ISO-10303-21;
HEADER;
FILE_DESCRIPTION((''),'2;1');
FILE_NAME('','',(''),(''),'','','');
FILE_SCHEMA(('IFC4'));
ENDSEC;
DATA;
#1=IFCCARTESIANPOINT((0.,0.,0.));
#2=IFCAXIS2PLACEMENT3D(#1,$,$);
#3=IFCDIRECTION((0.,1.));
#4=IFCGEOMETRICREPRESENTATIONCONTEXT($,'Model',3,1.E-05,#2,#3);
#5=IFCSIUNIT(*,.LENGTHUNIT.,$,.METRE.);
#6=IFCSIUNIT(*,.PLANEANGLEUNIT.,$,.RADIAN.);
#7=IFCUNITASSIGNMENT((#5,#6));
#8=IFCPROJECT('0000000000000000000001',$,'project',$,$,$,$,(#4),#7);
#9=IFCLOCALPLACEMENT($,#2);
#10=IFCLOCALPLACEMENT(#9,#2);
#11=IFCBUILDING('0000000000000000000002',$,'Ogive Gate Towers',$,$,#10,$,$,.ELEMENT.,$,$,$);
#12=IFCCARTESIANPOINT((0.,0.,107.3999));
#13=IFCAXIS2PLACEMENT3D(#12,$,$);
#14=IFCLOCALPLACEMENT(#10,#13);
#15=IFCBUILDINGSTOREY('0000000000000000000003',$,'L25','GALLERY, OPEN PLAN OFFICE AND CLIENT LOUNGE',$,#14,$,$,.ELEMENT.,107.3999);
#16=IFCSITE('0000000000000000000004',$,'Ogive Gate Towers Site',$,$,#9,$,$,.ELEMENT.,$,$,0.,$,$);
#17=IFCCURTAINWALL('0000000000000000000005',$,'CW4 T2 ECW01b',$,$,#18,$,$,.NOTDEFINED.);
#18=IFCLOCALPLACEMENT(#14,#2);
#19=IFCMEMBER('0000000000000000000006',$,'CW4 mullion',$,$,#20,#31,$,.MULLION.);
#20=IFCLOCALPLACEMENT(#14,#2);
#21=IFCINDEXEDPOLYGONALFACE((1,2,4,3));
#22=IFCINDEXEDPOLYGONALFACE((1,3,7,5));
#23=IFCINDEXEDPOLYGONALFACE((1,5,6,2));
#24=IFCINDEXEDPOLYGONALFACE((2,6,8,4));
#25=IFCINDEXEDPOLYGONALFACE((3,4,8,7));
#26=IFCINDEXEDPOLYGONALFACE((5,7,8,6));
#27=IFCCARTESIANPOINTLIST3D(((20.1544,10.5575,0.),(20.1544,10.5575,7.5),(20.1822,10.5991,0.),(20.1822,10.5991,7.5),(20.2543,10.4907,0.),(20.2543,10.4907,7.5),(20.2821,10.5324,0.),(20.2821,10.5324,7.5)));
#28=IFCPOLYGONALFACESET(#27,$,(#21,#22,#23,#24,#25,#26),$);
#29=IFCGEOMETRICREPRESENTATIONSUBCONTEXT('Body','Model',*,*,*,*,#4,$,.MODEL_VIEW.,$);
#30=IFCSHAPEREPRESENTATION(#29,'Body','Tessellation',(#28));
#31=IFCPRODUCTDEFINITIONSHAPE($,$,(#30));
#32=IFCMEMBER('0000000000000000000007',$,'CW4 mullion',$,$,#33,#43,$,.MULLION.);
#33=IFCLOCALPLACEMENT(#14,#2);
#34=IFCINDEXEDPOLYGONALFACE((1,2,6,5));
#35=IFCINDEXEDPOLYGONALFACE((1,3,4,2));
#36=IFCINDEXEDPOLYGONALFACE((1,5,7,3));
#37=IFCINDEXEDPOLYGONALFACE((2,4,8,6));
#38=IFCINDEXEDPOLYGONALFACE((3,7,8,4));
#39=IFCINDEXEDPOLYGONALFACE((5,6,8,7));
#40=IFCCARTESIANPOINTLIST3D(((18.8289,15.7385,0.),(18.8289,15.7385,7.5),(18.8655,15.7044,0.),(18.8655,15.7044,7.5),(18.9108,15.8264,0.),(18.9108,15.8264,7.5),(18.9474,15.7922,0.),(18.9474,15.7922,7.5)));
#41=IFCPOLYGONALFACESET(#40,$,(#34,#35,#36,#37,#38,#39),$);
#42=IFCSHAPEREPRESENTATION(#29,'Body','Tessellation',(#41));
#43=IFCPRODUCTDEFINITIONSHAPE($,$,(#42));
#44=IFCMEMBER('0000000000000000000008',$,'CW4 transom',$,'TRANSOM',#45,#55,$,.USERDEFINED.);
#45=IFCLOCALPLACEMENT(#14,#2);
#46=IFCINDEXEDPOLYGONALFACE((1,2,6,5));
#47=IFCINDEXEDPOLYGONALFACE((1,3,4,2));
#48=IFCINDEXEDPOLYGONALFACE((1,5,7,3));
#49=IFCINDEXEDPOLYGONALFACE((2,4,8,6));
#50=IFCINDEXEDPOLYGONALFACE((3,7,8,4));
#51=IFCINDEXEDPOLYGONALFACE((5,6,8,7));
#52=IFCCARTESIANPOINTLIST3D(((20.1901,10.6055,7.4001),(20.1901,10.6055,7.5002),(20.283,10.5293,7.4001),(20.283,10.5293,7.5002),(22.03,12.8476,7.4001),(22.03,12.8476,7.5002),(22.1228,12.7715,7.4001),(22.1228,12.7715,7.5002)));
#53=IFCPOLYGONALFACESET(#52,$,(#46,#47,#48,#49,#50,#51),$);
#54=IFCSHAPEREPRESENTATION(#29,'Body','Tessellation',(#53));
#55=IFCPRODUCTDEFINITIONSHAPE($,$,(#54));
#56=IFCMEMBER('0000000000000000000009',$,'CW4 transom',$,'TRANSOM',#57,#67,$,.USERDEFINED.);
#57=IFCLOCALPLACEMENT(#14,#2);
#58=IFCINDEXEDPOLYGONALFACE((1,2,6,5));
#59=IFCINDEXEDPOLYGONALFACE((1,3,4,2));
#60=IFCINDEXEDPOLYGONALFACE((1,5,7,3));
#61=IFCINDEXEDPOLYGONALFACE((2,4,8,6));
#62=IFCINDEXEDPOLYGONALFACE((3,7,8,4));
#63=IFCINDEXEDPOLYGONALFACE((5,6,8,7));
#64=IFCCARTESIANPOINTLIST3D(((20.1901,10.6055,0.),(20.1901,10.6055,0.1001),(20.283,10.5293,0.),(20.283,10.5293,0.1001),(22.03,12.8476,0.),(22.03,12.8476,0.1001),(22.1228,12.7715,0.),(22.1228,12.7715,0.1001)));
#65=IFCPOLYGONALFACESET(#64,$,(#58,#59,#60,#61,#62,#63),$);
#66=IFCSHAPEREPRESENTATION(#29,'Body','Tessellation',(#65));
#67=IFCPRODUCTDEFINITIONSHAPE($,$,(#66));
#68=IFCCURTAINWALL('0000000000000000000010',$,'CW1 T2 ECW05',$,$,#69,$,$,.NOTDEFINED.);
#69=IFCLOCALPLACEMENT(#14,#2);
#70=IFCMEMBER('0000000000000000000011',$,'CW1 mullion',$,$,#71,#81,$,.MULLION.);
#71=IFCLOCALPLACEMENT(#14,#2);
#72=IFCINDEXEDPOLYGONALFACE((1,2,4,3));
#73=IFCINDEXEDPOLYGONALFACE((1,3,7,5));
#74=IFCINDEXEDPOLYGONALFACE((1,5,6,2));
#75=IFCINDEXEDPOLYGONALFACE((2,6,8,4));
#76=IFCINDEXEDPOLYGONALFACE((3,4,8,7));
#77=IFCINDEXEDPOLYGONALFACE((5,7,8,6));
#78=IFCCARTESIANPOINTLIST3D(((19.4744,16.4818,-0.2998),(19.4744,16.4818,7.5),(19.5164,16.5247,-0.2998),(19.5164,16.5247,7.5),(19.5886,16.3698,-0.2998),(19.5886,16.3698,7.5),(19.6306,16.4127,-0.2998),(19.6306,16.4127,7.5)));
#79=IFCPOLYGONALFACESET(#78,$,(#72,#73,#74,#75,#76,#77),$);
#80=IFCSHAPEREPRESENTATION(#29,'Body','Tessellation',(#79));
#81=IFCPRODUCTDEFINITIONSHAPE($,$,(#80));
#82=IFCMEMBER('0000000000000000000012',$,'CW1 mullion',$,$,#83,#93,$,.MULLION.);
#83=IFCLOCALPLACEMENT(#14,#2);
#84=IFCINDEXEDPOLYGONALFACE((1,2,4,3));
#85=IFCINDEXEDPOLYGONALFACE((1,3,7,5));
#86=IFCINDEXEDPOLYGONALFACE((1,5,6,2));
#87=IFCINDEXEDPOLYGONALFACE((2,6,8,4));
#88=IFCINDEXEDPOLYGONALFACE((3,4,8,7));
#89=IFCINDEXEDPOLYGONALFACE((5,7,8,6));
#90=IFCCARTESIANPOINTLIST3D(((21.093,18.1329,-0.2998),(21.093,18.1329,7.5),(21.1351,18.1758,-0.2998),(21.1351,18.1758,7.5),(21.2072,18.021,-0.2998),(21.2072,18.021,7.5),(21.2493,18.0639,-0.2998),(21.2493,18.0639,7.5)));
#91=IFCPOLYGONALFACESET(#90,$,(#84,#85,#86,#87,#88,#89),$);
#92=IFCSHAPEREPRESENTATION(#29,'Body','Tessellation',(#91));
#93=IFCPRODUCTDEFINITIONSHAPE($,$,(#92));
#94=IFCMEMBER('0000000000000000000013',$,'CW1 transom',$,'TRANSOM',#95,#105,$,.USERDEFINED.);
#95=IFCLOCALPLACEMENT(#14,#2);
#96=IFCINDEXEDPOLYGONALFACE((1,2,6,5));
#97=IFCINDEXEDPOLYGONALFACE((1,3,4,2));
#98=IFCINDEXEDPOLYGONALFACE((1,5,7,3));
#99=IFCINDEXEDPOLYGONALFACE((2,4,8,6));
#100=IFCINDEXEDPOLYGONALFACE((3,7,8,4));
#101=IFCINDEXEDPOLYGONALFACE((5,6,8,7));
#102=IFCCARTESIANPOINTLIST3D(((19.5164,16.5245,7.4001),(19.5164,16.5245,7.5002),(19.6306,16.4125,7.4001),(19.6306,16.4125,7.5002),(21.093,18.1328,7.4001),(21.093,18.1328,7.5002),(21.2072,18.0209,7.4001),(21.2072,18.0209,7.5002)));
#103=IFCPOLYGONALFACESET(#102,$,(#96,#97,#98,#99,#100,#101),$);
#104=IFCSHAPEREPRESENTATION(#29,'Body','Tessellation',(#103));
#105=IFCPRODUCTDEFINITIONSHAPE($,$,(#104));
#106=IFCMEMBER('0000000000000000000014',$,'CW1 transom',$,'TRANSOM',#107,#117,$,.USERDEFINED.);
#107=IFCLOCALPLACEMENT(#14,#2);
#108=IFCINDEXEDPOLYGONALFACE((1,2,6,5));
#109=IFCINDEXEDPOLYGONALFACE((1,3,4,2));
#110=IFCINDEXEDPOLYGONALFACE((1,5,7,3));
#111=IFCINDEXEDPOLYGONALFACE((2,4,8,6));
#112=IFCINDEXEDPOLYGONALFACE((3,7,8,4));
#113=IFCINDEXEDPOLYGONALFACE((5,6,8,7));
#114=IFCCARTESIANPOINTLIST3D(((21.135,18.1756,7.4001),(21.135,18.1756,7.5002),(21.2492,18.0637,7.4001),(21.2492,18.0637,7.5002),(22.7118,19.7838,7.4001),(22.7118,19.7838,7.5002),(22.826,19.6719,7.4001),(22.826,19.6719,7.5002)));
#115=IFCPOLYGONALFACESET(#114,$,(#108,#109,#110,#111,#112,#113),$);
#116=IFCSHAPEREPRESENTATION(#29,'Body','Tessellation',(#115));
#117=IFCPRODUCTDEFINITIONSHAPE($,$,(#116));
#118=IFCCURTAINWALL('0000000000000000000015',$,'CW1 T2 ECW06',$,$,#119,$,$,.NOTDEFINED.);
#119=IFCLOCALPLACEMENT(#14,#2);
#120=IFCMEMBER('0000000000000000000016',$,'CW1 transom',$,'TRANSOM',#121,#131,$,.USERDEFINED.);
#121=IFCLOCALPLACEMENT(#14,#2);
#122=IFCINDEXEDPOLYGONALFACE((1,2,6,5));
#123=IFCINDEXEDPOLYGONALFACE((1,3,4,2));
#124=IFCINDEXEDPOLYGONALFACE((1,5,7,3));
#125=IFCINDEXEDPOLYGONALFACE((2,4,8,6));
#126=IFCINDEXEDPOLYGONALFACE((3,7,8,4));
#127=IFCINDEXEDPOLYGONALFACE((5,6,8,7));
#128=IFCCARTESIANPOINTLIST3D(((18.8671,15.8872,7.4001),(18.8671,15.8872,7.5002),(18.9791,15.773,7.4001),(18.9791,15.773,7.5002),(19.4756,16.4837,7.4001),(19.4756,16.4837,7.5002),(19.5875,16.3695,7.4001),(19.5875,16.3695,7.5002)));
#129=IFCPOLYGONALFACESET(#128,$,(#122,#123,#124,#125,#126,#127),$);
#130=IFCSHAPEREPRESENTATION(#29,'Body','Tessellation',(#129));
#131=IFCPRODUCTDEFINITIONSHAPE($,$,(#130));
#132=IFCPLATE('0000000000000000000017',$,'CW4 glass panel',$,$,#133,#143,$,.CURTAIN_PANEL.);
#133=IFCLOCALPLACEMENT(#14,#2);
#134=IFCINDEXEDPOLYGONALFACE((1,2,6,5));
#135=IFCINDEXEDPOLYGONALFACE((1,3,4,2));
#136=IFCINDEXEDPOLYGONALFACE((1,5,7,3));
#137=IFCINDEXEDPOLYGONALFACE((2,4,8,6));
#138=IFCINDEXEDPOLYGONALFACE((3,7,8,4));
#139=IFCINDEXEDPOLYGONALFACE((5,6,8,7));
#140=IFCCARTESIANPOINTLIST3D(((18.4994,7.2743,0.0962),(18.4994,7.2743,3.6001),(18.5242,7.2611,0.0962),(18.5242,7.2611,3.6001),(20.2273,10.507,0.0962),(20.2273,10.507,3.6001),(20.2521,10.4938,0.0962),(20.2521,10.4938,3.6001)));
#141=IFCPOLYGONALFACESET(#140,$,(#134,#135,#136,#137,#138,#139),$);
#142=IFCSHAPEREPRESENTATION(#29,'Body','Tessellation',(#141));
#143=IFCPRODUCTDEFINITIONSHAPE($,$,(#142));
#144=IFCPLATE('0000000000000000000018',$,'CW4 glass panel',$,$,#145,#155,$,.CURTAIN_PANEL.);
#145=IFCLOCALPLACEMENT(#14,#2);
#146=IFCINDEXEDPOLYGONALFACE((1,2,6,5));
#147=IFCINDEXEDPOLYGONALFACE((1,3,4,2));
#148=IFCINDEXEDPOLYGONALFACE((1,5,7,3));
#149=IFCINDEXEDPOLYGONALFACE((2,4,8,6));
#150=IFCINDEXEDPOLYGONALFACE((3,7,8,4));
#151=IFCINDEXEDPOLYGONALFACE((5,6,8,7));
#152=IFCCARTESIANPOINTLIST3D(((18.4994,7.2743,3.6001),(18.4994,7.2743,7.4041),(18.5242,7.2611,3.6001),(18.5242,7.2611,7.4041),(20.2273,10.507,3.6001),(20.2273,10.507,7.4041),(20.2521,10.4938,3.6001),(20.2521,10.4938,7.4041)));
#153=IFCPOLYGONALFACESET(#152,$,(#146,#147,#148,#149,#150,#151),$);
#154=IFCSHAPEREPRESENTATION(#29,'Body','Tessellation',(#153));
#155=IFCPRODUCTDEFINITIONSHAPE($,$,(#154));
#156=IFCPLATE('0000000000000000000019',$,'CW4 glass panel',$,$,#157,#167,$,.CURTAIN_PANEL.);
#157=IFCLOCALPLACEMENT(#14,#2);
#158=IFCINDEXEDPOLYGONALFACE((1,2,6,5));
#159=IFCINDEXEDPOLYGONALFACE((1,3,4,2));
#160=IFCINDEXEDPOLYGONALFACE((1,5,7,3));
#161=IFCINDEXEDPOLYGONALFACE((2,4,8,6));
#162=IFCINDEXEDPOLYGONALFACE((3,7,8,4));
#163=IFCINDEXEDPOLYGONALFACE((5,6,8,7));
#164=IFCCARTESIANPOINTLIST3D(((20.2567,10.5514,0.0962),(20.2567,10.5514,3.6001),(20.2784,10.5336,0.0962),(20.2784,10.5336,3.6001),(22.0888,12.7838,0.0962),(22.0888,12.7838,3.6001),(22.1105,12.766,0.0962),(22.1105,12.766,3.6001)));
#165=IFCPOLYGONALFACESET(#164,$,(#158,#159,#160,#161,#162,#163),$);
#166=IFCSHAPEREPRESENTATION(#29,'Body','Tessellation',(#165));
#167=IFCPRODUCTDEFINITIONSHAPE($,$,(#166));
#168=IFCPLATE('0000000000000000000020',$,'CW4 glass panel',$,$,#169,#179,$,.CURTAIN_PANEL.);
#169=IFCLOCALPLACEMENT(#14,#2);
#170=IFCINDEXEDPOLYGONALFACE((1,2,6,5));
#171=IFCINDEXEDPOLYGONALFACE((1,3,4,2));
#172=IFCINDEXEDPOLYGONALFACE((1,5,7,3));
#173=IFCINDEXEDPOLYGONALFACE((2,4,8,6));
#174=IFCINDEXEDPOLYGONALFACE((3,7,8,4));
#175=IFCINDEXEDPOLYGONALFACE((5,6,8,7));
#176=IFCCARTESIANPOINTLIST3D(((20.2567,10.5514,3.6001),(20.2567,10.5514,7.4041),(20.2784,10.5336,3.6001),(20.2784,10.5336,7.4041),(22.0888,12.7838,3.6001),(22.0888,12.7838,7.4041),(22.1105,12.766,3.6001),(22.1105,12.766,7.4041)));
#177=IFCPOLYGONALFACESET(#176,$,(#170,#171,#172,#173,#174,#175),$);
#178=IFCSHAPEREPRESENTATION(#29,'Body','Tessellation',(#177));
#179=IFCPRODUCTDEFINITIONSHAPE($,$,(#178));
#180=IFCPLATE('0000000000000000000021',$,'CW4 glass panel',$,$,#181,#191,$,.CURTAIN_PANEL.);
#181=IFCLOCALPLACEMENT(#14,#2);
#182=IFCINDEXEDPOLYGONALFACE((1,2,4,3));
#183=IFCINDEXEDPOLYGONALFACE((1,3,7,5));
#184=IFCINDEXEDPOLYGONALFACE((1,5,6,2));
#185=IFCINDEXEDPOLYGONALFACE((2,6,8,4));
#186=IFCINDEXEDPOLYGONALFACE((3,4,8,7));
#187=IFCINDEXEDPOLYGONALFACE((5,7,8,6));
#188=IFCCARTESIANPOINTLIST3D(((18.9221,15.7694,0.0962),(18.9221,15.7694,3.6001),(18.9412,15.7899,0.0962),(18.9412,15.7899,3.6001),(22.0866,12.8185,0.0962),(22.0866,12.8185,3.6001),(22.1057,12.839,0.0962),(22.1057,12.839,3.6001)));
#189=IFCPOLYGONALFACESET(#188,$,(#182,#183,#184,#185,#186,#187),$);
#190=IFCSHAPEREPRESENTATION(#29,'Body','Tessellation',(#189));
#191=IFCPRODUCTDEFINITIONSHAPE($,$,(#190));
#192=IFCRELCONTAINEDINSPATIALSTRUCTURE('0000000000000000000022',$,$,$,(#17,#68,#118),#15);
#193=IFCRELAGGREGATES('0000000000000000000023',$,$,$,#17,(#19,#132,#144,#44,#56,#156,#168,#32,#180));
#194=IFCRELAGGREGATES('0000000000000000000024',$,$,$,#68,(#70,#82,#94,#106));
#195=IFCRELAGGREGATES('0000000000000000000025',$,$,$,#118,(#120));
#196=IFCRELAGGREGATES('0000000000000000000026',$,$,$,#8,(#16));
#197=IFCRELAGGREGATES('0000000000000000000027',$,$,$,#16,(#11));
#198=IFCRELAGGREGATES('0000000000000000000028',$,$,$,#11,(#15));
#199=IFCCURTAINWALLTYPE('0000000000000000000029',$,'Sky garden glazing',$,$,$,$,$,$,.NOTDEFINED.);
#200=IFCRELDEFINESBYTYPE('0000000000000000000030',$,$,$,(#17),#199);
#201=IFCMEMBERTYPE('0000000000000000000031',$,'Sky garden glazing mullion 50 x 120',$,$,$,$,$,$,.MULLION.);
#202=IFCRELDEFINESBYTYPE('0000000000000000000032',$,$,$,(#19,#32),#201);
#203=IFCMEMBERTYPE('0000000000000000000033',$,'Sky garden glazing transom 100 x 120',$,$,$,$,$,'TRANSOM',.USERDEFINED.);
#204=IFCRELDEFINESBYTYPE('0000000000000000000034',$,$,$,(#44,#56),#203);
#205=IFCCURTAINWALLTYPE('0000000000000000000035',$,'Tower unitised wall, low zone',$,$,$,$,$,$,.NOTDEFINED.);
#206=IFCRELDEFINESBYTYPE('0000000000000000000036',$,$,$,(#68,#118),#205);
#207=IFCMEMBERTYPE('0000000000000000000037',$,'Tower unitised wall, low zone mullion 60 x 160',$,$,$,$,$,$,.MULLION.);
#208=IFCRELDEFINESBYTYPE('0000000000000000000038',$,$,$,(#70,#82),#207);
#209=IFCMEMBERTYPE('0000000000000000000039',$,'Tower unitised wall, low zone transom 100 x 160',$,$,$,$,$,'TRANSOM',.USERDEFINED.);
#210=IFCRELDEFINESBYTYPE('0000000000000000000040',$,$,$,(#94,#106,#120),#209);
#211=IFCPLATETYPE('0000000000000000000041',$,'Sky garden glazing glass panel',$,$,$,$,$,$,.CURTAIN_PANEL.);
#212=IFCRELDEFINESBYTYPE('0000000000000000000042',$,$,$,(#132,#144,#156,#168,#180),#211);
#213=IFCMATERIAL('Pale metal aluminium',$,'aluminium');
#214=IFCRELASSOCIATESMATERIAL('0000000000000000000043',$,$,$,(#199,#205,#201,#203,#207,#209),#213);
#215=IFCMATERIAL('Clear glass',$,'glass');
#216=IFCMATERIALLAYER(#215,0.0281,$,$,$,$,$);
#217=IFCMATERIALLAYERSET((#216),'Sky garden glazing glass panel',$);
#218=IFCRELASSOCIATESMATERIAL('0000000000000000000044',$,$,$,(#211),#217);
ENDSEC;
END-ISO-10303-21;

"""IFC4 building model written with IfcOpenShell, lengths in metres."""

from ifc_helpers import new_model, si_unit, direction, frame, origin, origin_2d, place, context, subcontext, project, spatial, rectangle, extrude, material, layer, layer_set, material_profile, profile_set, type_object, element, aggregate, save


model = new_model("IFC4")

# Units and contexts
model_context = context("Model", 3, precision=1e-05, world=origin(), true_north=direction((0.0, 1.0)))
body_context = subcontext(model_context, "Body", "Model", "MODEL_VIEW")
ifc_project = project(units=[si_unit("LENGTHUNIT", "METRE"), si_unit("PLANEANGLEUNIT", "RADIAN")], contexts=[model_context])

# Site, building, storey
site_placement = place(None, origin())
site = spatial("IfcSite", under=ifc_project, at=site_placement, Name="Ogive Gate Towers Site", CompositionType="ELEMENT", RefElevation=0.0)
building_placement = place(site_placement, origin())
building = spatial("IfcBuilding", under=site, at=building_placement, Name="Ogive Gate Towers", CompositionType="ELEMENT")
storey_placement = place(building_placement, frame((0.0, 0.0, 107.3999)))
storey = spatial("IfcBuildingStorey", under=building, at=storey_placement, Name="L25", Description="GALLERY, OPEN PLAN OFFICE AND CLIENT LOUNGE", CompositionType="ELEMENT", Elevation=107.3999)

# Curtain walls, members
ifc_material_1 = material(Name="Pale metal aluminium", Category="aluminium")
curtain_wall_type_1 = type_object("IfcCurtainWallType", Name="Sky garden glazing", PredefinedType="NOTDEFINED", material=ifc_material_1)
curtain_wall_1_placement = place(storey_placement, origin())
curtain_wall_1 = element("IfcCurtainWall", 1, at=curtain_wall_1_placement, inside=storey, type_object=curtain_wall_type_1, Name="CW4 T2 ECW01b", PredefinedType="NOTDEFINED")
ifc_material_profile_1 = material_profile(ifc_material_1, rectangle(XDim=0.1201, YDim=0.05, at=origin_2d()), Name="50 x 120 aluminium box")
ifc_profile_set_1 = profile_set([ifc_material_profile_1], Name="Pale metal aluminium")
member_type_1 = type_object("IfcMemberType", Name="Sky garden glazing mullion 50 x 120", PredefinedType="MULLION", material=ifc_profile_set_1)
member_1_placement = place(storey_placement, frame((20.2183, 10.5449, 0.0), z_axis=(0.0, 0.0, 1.0), x_axis=(0.83147, -0.55557, 0.0)))
member_1 = element("IfcMember", 2, at=member_1_placement, type_object=member_type_1, Name="CW4 mullion", PredefinedType="MULLION", context=body_context, shape_type="SweptSolid", body=[
    extrude(rectangle(XDim=0.1201, YDim=0.05, at=origin_2d()), origin(), (0.0, 0.0, 1.0), 7.5),
])
member_2_placement = place(storey_placement, frame((18.8882, 15.7654, 0.0), z_axis=(0.0, 0.0, 1.0), x_axis=(0.681998, 0.731354, 0.0)))
member_2 = element("IfcMember", 3, at=member_2_placement, type_object=member_type_1, Name="CW4 mullion", PredefinedType="MULLION", context=body_context, shape_type="SweptSolid", body=[
    extrude(rectangle(XDim=0.1201, YDim=0.05, at=origin_2d()), origin(), (0.0, 0.0, 1.0), 7.5),
])
ifc_material_profile_2 = material_profile(ifc_material_1, rectangle(XDim=0.1201, YDim=0.1001, at=origin_2d()), Name="100 x 120 aluminium box")
ifc_profile_set_2 = profile_set([ifc_material_profile_2], Name="Pale metal aluminium")
member_type_2 = type_object("IfcMemberType", Name="Sky garden glazing transom 100 x 120", ElementType="TRANSOM", PredefinedType="USERDEFINED", material=ifc_profile_set_2)
member_3_placement = place(storey_placement, frame((20.2366, 10.5674, 7.4502), z_axis=(0.634337, 0.773056, 0.0), x_axis=(-0.773056, 0.634337, 0.0)))
member_3 = element("IfcMember", 4, at=member_3_placement, type_object=member_type_2, Name="CW4 transom", ObjectType="TRANSOM", PredefinedType="USERDEFINED", context=body_context, shape_type="SweptSolid", body=[
    extrude(rectangle(XDim=0.1201, YDim=0.1001, at=origin_2d()), origin(), (0.0, 0.0, 1.0), 2.9004),
])
member_4_placement = place(storey_placement, frame((20.2366, 10.5674, 0.05), z_axis=(0.634337, 0.773056, 0.0), x_axis=(-0.773056, 0.634337, 0.0)))
member_4 = element("IfcMember", 5, at=member_4_placement, type_object=member_type_2, Name="CW4 transom", ObjectType="TRANSOM", PredefinedType="USERDEFINED", context=body_context, shape_type="SweptSolid", body=[
    extrude(rectangle(XDim=0.1201, YDim=0.1001, at=origin_2d()), origin(), (0.0, 0.0, 1.0), 2.9004),
])
curtain_wall_type_2 = type_object("IfcCurtainWallType", Name="Tower unitised wall, low zone", PredefinedType="NOTDEFINED", material=ifc_material_1)
curtain_wall_2_placement = place(storey_placement, origin())
curtain_wall_2 = element("IfcCurtainWall", 6, at=curtain_wall_2_placement, inside=storey, type_object=curtain_wall_type_2, Name="CW1 T2 ECW05", PredefinedType="NOTDEFINED")
ifc_material_profile_3 = material_profile(ifc_material_1, rectangle(XDim=0.1599, YDim=0.0601, at=origin_2d()), Name="60 x 160 aluminium box")
ifc_profile_set_3 = profile_set([ifc_material_profile_3], Name="Pale metal aluminium")
member_type_3 = type_object("IfcMemberType", Name="Tower unitised wall, low zone mullion 60 x 160", PredefinedType="MULLION", material=ifc_profile_set_3)
member_5_placement = place(storey_placement, frame((19.5525, 16.4473, -0.2998), z_axis=(0.0, 0.0, 1.0), x_axis=(0.714082, -0.700062, 0.0)))
member_5 = element("IfcMember", 7, at=member_5_placement, type_object=member_type_3, Name="CW1 mullion", PredefinedType="MULLION", context=body_context, shape_type="SweptSolid", body=[
    extrude(rectangle(XDim=0.1599, YDim=0.0601, at=origin_2d()), origin(), (0.0, 0.0, 1.0), 7.7998),
])
member_6_placement = place(storey_placement, frame((21.1711, 18.0984, -0.2998), z_axis=(0.0, 0.0, 1.0), x_axis=(0.714082, -0.700062, 0.0)))
member_6 = element("IfcMember", 8, at=member_6_placement, type_object=member_type_3, Name="CW1 mullion", PredefinedType="MULLION", context=body_context, shape_type="SweptSolid", body=[
    extrude(rectangle(XDim=0.1599, YDim=0.0601, at=origin_2d()), origin(), (0.0, 0.0, 1.0), 7.7998),
])
ifc_material_profile_4 = material_profile(ifc_material_1, rectangle(XDim=0.1599, YDim=0.1001, at=origin_2d()), Name="100 x 160 aluminium box")
ifc_profile_set_4 = profile_set([ifc_material_profile_4], Name="Pale metal aluminium")
member_type_4 = type_object("IfcMemberType", Name="Tower unitised wall, low zone transom 100 x 160", ElementType="TRANSOM", PredefinedType="USERDEFINED", material=ifc_profile_set_4)
member_7_placement = place(storey_placement, frame((19.5735, 16.4685, 7.4502), z_axis=(0.700026, 0.714117, 0.0), x_axis=(-0.714117, 0.700026, 0.0)))
member_7 = element("IfcMember", 9, at=member_7_placement, type_object=member_type_4, Name="CW1 transom", ObjectType="TRANSOM", PredefinedType="USERDEFINED", context=body_context, shape_type="SweptSolid", body=[
    extrude(rectangle(XDim=0.1599, YDim=0.1001, at=origin_2d()), origin(), (0.0, 0.0, 1.0), 2.2522),
])
member_8_placement = place(storey_placement, frame((21.1921, 18.1196, 7.4502), z_axis=(0.70008, 0.714064, 0.0), x_axis=(-0.714064, 0.70008, 0.0)))
member_8 = element("IfcMember", 10, at=member_8_placement, type_object=member_type_4, Name="CW1 transom", ObjectType="TRANSOM", PredefinedType="USERDEFINED", context=body_context, shape_type="SweptSolid", body=[
    extrude(rectangle(XDim=0.1599, YDim=0.1001, at=origin_2d()), origin(), (0.0, 0.0, 1.0), 2.2522),
])

# Curtain wall, member
curtain_wall_3_placement = place(storey_placement, origin())
curtain_wall_3 = element("IfcCurtainWall", 11, at=curtain_wall_3_placement, inside=storey, type_object=curtain_wall_type_2, Name="CW1 T2 ECW06", PredefinedType="NOTDEFINED")
member_9_placement = place(storey_placement, frame((18.9231, 15.8301, 7.4502), z_axis=(0.714093, 0.700051, 0.0), x_axis=(-0.700051, 0.714093, 0.0)))
member_9 = element("IfcMember", 12, at=member_9_placement, type_object=member_type_4, Name="CW1 transom", ObjectType="TRANSOM", PredefinedType="USERDEFINED", context=body_context, shape_type="SweptSolid", body=[
    extrude(rectangle(XDim=0.1599, YDim=0.1001, at=origin_2d()), origin(), (0.0, 0.0, 1.0), 0.8521),
])

# Plates
ifc_material_2 = material(Name="Clear glass", Category="glass")
ifc_layer_1 = layer(ifc_material_2, 0.0281)
ifc_layer_set_1 = layer_set([ifc_layer_1], Name="Sky garden glazing glass panel")
plate_type_1 = type_object("IfcPlateType", Name="Sky garden glazing glass panel", PredefinedType="CURTAIN_PANEL", material=ifc_layer_set_1)
plate_1_placement = place(storey_placement, frame((19.3757, 8.884, 0.0962), z_axis=(0.0, 0.0, 1.0), x_axis=(0.471397, 0.881921, 0.0)))
plate_1 = element("IfcPlate", 13, at=plate_1_placement, type_object=plate_type_1, Name="CW4 glass panel", PredefinedType="CURTAIN_PANEL", context=body_context, shape_type="SweptSolid", body=[
    extrude(rectangle(XDim=3.6655, YDim=0.0281, at=origin_2d()), origin(), (0.0, 0.0, 1.0), 3.5039),
])
plate_2_placement = place(storey_placement, frame((19.3757, 8.884, 3.6001), z_axis=(0.0, 0.0, 1.0), x_axis=(0.471397, 0.881921, 0.0)))
plate_2 = element("IfcPlate", 14, at=plate_2_placement, type_object=plate_type_1, Name="CW4 glass panel", PredefinedType="CURTAIN_PANEL", context=body_context, shape_type="SweptSolid", body=[
    extrude(rectangle(XDim=3.6655, YDim=0.0281, at=origin_2d()), origin(), (0.0, 0.0, 1.0), 3.804),
])
plate_3_placement = place(storey_placement, frame((21.1836, 11.6587, 0.0962), z_axis=(0.0, 0.0, 1.0), x_axis=(0.634393, 0.77301, 0.0)))
plate_3 = element("IfcPlate", 15, at=plate_3_placement, type_object=plate_type_1, Name="CW4 glass panel", PredefinedType="CURTAIN_PANEL", context=body_context, shape_type="SweptSolid", body=[
    extrude(rectangle(XDim=2.8879, YDim=0.0281, at=origin_2d()), origin(), (0.0, 0.0, 1.0), 3.5039),
])
plate_4_placement = place(storey_placement, frame((21.1836, 11.6587, 3.6001), z_axis=(0.0, 0.0, 1.0), x_axis=(0.634393, 0.77301, 0.0)))
plate_4 = element("IfcPlate", 16, at=plate_4_placement, type_object=plate_type_1, Name="CW4 glass panel", PredefinedType="CURTAIN_PANEL", context=body_context, shape_type="SweptSolid", body=[
    extrude(rectangle(XDim=2.8879, YDim=0.0281, at=origin_2d()), origin(), (0.0, 0.0, 1.0), 3.804),
])
plate_5_placement = place(storey_placement, frame((20.5139, 14.3042, 0.0962), z_axis=(0.0, 0.0, 1.0), x_axis=(-0.731354, 0.681998, 0.0)))
plate_5 = element("IfcPlate", 17, at=plate_5_placement, type_object=plate_type_1, Name="CW4 glass panel", PredefinedType="CURTAIN_PANEL", context=body_context, shape_type="SweptSolid", body=[
    extrude(rectangle(XDim=4.3269, YDim=0.0281, at=origin_2d()), origin(), (0.0, 0.0, 1.0), 3.5039),
])
aggregate(curtain_wall_1, [member_1, plate_1, plate_2, member_3, member_4, plate_3, plate_4, member_2, plate_5])
aggregate(curtain_wall_2, [member_5, member_6, member_7, member_8])
aggregate(curtain_wall_3, [member_9])

save(model, "model.ifc")
